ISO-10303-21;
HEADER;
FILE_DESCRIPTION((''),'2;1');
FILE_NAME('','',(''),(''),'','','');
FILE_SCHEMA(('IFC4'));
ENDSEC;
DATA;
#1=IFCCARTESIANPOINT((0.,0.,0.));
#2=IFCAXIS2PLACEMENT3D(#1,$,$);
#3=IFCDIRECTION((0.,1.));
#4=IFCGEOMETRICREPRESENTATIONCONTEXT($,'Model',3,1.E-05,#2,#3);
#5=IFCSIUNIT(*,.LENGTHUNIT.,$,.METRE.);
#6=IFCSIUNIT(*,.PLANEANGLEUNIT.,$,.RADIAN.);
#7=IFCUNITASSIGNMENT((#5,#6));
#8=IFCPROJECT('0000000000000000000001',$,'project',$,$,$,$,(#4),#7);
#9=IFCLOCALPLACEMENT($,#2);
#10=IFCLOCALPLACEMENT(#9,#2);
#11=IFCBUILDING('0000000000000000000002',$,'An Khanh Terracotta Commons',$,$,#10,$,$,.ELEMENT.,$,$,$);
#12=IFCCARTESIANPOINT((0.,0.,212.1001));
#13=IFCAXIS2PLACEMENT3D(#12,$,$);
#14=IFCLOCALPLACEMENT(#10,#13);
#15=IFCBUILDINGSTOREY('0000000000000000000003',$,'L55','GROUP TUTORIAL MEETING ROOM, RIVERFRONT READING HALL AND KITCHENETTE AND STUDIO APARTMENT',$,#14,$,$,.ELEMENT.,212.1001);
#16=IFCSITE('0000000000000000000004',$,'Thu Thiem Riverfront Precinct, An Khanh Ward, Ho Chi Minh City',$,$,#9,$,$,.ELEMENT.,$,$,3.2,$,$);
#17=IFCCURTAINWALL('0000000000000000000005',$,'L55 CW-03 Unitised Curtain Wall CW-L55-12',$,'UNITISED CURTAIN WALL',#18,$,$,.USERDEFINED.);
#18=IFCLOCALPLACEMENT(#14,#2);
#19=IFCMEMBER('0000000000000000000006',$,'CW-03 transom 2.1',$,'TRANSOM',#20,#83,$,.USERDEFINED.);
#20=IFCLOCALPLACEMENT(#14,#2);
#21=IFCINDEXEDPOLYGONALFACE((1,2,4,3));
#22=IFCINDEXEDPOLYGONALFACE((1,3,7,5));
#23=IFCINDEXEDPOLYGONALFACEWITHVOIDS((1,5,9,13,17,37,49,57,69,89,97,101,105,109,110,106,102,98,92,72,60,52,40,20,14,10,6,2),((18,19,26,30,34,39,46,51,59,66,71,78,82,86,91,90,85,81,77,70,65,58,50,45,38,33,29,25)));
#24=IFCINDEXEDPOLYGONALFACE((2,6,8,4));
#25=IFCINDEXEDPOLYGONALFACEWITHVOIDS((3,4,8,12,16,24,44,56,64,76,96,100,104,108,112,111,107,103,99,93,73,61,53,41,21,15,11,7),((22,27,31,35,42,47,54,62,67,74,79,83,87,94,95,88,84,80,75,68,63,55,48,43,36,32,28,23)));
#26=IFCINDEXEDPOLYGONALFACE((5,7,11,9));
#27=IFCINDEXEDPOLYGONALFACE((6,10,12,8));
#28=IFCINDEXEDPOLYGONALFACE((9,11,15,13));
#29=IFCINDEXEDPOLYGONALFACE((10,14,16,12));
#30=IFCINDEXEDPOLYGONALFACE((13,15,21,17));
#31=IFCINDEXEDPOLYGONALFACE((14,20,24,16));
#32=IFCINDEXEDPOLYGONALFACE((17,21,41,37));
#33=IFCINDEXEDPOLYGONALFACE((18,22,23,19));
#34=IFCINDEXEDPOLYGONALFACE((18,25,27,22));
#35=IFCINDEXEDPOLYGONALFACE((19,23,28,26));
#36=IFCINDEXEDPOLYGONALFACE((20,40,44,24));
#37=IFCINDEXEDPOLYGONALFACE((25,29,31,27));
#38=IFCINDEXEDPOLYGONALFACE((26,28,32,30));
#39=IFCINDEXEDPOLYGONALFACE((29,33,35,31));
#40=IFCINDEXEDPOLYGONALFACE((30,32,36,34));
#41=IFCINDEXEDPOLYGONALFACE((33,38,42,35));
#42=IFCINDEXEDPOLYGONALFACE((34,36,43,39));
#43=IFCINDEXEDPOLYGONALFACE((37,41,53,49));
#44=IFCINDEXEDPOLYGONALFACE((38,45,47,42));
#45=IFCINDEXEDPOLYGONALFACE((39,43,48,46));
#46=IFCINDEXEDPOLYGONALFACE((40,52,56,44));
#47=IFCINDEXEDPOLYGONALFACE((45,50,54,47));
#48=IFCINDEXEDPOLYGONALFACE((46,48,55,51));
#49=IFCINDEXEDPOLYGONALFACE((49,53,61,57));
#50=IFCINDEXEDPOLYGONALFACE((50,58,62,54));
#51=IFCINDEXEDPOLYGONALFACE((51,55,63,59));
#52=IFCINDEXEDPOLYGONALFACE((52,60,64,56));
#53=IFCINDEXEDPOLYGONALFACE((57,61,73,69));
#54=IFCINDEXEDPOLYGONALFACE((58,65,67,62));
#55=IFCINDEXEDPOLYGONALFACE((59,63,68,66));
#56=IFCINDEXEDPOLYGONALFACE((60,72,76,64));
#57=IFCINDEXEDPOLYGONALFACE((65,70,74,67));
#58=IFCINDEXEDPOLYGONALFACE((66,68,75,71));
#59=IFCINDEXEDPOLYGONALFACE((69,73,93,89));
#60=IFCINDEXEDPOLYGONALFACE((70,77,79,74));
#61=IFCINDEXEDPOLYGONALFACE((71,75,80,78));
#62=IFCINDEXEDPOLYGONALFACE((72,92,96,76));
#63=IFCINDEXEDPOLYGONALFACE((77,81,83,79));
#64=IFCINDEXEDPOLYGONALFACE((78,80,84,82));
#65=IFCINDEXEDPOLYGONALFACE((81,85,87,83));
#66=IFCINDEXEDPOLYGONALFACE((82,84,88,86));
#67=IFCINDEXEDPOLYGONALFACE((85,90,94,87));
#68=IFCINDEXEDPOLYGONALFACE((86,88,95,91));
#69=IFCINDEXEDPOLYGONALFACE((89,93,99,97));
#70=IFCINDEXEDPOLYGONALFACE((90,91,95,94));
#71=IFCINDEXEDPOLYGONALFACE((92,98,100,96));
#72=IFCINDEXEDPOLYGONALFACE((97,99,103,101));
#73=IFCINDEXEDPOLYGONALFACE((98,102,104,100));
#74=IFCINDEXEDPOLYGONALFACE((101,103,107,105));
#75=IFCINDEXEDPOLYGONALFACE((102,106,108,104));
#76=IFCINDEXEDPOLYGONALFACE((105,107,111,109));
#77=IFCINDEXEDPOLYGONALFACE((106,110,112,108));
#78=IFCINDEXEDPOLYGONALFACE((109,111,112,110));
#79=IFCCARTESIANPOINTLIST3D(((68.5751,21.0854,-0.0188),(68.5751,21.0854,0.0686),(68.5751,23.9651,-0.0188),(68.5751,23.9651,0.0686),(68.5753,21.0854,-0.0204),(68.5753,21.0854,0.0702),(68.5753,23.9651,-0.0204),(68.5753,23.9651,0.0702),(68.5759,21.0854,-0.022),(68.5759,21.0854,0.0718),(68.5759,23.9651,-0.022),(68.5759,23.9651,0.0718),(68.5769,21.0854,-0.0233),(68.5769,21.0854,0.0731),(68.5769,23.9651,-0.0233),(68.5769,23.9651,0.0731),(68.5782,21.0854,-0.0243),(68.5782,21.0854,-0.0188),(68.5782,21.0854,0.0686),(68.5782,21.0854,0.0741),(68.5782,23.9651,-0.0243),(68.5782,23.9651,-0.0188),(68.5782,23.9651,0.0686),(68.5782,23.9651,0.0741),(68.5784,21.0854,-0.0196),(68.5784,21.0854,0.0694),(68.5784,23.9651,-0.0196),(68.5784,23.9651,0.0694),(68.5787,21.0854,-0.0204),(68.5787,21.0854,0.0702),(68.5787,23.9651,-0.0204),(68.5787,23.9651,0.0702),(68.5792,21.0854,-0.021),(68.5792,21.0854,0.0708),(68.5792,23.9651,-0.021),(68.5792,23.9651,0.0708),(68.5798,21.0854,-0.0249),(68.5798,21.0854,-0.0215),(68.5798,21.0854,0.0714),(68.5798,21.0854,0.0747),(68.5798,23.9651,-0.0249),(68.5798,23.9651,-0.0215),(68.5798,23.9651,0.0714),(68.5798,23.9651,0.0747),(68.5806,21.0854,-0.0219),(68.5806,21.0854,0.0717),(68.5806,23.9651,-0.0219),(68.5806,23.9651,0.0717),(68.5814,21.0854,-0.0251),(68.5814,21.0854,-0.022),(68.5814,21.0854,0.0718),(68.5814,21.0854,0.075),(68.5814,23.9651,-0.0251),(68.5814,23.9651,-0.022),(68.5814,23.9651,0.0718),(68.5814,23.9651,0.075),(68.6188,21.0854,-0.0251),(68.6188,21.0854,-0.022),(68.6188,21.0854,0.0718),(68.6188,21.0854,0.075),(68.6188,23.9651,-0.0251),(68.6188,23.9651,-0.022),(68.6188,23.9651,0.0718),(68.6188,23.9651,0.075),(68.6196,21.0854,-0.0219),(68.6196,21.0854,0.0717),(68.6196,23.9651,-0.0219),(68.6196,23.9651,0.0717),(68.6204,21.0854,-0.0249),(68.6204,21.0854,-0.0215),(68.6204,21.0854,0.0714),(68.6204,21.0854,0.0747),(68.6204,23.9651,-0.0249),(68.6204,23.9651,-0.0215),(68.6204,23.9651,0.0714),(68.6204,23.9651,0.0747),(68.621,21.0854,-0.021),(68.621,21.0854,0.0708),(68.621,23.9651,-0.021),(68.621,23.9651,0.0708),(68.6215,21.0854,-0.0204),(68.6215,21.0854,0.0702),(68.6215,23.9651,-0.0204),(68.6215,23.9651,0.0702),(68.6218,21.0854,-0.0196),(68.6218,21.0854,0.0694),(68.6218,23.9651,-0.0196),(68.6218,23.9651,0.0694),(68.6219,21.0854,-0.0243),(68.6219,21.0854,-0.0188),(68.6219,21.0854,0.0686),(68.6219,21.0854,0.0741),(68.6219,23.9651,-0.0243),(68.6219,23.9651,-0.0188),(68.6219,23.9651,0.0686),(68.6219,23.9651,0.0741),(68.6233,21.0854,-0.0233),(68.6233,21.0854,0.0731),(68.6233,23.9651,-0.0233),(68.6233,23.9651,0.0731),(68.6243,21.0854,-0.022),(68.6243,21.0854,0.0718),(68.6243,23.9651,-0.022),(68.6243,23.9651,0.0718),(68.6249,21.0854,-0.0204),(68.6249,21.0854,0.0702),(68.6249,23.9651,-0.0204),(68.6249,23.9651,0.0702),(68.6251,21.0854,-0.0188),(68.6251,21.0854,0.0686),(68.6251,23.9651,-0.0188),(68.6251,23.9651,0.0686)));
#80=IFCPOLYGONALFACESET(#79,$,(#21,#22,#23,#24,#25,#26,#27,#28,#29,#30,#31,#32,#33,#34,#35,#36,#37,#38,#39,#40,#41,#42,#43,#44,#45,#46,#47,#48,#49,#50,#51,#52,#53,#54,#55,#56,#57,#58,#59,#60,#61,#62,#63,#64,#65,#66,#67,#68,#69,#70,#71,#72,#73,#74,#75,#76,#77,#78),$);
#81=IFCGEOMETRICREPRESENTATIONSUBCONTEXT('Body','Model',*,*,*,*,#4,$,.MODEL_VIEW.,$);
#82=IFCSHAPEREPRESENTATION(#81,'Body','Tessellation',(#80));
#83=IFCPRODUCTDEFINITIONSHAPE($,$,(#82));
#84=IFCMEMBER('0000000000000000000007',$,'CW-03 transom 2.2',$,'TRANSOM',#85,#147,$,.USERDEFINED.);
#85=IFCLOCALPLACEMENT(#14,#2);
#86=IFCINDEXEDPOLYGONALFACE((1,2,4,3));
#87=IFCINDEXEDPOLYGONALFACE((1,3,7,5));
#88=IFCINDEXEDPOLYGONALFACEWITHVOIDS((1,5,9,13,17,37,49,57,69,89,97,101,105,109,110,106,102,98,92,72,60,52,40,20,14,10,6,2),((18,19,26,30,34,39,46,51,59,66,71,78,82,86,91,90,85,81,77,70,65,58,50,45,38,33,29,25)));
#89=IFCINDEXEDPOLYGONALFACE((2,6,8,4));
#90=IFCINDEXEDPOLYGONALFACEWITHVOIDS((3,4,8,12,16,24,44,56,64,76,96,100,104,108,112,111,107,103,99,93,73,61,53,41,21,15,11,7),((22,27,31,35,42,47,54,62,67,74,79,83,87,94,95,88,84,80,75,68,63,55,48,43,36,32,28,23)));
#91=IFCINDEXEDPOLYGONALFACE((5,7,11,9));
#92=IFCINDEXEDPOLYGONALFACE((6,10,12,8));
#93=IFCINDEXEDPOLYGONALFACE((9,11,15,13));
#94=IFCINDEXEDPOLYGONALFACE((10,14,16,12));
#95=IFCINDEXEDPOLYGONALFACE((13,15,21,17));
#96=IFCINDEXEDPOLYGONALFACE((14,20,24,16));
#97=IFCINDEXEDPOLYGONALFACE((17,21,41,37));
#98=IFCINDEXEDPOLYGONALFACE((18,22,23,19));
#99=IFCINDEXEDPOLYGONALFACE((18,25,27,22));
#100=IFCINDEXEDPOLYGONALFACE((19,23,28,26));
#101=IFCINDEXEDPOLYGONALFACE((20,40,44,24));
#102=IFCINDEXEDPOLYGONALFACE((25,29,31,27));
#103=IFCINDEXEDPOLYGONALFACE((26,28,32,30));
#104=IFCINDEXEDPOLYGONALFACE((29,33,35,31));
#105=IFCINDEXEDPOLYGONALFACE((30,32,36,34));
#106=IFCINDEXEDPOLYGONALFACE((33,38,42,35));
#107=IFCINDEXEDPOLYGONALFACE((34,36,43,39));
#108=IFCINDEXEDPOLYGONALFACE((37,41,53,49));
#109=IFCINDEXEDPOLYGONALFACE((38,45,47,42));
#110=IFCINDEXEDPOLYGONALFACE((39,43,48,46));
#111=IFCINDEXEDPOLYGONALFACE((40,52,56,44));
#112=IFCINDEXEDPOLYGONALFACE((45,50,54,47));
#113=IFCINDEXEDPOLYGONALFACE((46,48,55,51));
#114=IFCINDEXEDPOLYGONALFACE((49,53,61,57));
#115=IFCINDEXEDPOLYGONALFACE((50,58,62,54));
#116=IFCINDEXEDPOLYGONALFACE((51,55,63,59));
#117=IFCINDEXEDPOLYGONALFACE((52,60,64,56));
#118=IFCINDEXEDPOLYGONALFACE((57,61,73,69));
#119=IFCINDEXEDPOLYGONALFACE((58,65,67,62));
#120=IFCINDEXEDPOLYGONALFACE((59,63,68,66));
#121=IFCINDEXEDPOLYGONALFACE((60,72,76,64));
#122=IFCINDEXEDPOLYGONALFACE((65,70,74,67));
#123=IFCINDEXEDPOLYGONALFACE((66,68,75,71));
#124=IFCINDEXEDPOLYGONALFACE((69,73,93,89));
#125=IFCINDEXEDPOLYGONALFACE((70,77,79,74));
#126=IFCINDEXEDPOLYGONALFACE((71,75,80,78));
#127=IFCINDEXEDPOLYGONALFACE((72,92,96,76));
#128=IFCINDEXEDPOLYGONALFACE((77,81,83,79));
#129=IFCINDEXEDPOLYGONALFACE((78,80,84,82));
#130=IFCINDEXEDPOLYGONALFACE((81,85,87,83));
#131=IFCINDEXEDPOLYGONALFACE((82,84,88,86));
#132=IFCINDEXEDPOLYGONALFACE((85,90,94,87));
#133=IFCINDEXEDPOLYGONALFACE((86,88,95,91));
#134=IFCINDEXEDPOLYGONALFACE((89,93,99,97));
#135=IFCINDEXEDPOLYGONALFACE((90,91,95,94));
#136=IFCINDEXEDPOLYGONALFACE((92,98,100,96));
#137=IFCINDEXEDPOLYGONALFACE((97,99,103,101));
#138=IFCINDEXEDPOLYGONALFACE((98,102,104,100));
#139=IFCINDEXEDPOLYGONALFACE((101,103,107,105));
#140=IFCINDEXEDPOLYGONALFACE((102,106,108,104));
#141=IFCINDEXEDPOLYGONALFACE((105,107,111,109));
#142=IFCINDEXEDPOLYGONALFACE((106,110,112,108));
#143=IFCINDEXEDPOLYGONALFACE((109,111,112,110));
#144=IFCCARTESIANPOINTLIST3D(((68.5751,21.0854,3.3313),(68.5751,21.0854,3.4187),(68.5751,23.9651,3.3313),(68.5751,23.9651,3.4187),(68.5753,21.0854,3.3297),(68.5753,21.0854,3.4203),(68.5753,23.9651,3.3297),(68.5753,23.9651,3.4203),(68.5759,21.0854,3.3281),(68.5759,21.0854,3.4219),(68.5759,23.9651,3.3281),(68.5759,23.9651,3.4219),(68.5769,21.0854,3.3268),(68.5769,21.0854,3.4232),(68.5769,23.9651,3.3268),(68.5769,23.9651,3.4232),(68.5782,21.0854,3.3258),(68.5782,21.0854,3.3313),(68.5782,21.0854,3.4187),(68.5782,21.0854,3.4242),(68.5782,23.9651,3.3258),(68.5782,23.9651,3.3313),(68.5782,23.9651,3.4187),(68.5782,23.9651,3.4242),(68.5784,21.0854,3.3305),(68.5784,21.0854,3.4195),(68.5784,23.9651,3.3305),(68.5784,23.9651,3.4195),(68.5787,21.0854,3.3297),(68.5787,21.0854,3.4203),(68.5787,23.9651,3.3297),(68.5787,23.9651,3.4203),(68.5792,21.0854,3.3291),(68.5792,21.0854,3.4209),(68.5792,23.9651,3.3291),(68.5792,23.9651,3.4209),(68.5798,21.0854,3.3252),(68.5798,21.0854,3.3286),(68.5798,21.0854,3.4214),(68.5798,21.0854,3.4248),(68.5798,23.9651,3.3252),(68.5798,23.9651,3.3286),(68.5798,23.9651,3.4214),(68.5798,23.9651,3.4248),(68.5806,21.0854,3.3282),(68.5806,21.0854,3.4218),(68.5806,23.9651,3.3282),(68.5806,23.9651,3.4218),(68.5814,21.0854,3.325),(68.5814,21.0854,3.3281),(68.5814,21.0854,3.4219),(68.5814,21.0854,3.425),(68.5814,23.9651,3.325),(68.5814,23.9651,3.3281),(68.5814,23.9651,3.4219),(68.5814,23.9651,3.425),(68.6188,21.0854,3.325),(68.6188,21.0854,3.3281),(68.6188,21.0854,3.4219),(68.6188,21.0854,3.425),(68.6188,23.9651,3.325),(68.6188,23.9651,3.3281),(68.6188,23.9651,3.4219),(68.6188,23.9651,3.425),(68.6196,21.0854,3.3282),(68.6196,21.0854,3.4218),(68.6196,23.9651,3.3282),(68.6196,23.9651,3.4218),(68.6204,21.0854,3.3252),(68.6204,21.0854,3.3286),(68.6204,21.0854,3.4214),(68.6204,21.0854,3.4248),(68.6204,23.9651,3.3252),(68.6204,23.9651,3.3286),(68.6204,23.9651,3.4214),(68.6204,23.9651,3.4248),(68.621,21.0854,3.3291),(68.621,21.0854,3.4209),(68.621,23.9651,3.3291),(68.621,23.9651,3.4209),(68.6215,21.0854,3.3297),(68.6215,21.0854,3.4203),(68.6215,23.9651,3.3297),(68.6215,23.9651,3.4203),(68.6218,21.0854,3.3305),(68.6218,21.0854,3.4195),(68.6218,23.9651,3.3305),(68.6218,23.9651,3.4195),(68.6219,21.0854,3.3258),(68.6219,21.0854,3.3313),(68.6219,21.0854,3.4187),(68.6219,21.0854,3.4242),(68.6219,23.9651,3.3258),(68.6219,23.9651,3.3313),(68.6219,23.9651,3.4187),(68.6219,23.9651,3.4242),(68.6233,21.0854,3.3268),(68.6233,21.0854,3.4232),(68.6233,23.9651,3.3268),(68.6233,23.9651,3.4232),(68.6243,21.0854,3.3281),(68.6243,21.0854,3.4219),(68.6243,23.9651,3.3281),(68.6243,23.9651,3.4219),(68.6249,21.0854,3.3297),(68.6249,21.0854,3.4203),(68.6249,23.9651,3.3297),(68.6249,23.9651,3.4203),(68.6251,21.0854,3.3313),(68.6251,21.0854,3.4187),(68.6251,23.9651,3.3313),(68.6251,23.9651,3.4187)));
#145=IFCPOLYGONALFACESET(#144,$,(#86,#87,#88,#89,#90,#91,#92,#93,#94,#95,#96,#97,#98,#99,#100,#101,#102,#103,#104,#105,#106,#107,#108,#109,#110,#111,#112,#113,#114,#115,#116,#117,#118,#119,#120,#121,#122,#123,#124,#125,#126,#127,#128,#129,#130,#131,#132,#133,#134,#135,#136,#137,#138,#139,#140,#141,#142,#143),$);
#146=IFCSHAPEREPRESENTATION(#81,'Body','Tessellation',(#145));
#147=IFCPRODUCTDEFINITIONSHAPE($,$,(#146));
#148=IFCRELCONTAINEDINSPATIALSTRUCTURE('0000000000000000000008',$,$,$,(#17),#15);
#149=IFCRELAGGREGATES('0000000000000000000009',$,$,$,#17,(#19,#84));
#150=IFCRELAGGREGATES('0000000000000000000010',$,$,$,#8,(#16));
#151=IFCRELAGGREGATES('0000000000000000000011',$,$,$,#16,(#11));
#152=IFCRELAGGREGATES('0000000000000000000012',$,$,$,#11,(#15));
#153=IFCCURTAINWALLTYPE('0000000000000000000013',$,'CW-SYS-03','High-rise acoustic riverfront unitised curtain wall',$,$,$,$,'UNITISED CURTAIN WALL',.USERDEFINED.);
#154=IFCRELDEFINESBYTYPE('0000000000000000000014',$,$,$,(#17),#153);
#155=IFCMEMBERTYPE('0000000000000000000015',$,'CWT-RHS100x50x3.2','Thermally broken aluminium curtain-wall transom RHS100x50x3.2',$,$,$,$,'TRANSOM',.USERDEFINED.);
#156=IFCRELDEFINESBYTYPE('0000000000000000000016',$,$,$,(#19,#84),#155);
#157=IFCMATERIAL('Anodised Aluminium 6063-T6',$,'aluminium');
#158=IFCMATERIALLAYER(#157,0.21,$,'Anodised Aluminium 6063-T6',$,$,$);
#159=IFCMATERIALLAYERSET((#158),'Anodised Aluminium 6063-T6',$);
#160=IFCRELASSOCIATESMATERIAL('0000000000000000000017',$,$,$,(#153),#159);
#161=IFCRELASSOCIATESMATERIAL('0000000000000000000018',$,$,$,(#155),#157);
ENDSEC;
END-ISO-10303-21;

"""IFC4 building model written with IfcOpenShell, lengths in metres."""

from ifc_helpers import new_model, si_unit, direction, frame, origin, origin_2d, place, context, subcontext, project, spatial, hollow_rectangle, extrude, material, layer, layer_set, material_profile, profile_set, type_object, element, aggregate, save


model = new_model("IFC4")

# Units and contexts
model_context = context("Model", 3, precision=1e-05, world=origin(), true_north=direction((0.0, 1.0)))
body_context = subcontext(model_context, "Body", "Model", "MODEL_VIEW")
ifc_project = project(units=[si_unit("LENGTHUNIT", "METRE"), si_unit("PLANEANGLEUNIT", "RADIAN")], contexts=[model_context])

# Site, building, storey
site_placement = place(None, origin())
site = spatial("IfcSite", under=ifc_project, at=site_placement, Name="Thu Thiem Riverfront Precinct, An Khanh Ward, Ho Chi Minh City", CompositionType="ELEMENT", RefElevation=3.2)
building_placement = place(site_placement, origin())
building = spatial("IfcBuilding", under=site, at=building_placement, Name="An Khanh Terracotta Commons", CompositionType="ELEMENT")
storey_placement = place(building_placement, frame((0.0, 0.0, 212.1001)))
storey = spatial("IfcBuildingStorey", under=building, at=storey_placement, Name="L55", Description="GROUP TUTORIAL MEETING ROOM, RIVERFRONT READING HALL AND KITCHENETTE AND STUDIO APARTMENT", CompositionType="ELEMENT", Elevation=212.1001)

# Curtain wall
ifc_material_1 = material(Name="Anodised Aluminium 6063-T6", Category="aluminium")
ifc_layer_1 = layer(ifc_material_1, 0.21, Name="Anodised Aluminium 6063-T6")
ifc_layer_set_1 = layer_set([ifc_layer_1], Name="Anodised Aluminium 6063-T6")
curtain_wall_type = type_object("IfcCurtainWallType", Name="CW-SYS-03", Description="High-rise acoustic riverfront unitised curtain wall", ElementType="UNITISED CURTAIN WALL", PredefinedType="USERDEFINED", material=ifc_layer_set_1)
curtain_wall_1_placement = place(storey_placement, origin())
curtain_wall_1 = element("IfcCurtainWall", 1, at=curtain_wall_1_placement, inside=storey, type_object=curtain_wall_type, Name="L55 CW-03 Unitised Curtain Wall CW-L55-12", ObjectType="UNITISED CURTAIN WALL", PredefinedType="USERDEFINED")

# Members
ifc_material_profile_1 = material_profile(ifc_material_1, hollow_rectangle(XDim=0.05, YDim=0.1001, WallThickness=0.0032, InnerFilletRadius=0.0032, OuterFilletRadius=0.0063, at=origin_2d()), Name="RHS100x50x3.2")
ifc_profile_set_1 = profile_set([ifc_material_profile_1], Name="Anodised Aluminium 6063-T6")
member_type_1 = type_object("IfcMemberType", Name="CWT-RHS100x50x3.2", Description="Thermally broken aluminium curtain-wall transom RHS100x50x3.2", ElementType="TRANSOM", PredefinedType="USERDEFINED", material=ifc_profile_set_1)
member_1_placement = place(storey_placement, frame((68.6001, 21.0854, 0.0249), z_axis=(0.0, 1.0, 0.0), x_axis=(-1.0, 0.0, 0.0)))
member_1 = element("IfcMember", 2, at=member_1_placement, type_object=member_type_1, Name="CW-03 transom 2.1", ObjectType="TRANSOM", PredefinedType="USERDEFINED", context=body_context, shape_type="SweptSolid", body=[
    extrude(hollow_rectangle(XDim=0.05, YDim=0.1001, WallThickness=0.0032, InnerFilletRadius=0.0032, OuterFilletRadius=0.0063, at=origin_2d()), origin(), (0.0, 0.0, 1.0), 2.8796),
])
member_2_placement = place(storey_placement, frame((68.6001, 21.0854, 3.375), z_axis=(0.0, 1.0, 0.0), x_axis=(-1.0, 0.0, 0.0)))
member_2 = element("IfcMember", 3, at=member_2_placement, type_object=member_type_1, Name="CW-03 transom 2.2", ObjectType="TRANSOM", PredefinedType="USERDEFINED", context=body_context, shape_type="SweptSolid", body=[
    extrude(hollow_rectangle(XDim=0.05, YDim=0.1001, WallThickness=0.0032, InnerFilletRadius=0.0032, OuterFilletRadius=0.0063, at=origin_2d()), origin(), (0.0, 0.0, 1.0), 2.8796),
])

aggregate(curtain_wall_1, [member_1, member_2])

save(model, "model.ifc")
